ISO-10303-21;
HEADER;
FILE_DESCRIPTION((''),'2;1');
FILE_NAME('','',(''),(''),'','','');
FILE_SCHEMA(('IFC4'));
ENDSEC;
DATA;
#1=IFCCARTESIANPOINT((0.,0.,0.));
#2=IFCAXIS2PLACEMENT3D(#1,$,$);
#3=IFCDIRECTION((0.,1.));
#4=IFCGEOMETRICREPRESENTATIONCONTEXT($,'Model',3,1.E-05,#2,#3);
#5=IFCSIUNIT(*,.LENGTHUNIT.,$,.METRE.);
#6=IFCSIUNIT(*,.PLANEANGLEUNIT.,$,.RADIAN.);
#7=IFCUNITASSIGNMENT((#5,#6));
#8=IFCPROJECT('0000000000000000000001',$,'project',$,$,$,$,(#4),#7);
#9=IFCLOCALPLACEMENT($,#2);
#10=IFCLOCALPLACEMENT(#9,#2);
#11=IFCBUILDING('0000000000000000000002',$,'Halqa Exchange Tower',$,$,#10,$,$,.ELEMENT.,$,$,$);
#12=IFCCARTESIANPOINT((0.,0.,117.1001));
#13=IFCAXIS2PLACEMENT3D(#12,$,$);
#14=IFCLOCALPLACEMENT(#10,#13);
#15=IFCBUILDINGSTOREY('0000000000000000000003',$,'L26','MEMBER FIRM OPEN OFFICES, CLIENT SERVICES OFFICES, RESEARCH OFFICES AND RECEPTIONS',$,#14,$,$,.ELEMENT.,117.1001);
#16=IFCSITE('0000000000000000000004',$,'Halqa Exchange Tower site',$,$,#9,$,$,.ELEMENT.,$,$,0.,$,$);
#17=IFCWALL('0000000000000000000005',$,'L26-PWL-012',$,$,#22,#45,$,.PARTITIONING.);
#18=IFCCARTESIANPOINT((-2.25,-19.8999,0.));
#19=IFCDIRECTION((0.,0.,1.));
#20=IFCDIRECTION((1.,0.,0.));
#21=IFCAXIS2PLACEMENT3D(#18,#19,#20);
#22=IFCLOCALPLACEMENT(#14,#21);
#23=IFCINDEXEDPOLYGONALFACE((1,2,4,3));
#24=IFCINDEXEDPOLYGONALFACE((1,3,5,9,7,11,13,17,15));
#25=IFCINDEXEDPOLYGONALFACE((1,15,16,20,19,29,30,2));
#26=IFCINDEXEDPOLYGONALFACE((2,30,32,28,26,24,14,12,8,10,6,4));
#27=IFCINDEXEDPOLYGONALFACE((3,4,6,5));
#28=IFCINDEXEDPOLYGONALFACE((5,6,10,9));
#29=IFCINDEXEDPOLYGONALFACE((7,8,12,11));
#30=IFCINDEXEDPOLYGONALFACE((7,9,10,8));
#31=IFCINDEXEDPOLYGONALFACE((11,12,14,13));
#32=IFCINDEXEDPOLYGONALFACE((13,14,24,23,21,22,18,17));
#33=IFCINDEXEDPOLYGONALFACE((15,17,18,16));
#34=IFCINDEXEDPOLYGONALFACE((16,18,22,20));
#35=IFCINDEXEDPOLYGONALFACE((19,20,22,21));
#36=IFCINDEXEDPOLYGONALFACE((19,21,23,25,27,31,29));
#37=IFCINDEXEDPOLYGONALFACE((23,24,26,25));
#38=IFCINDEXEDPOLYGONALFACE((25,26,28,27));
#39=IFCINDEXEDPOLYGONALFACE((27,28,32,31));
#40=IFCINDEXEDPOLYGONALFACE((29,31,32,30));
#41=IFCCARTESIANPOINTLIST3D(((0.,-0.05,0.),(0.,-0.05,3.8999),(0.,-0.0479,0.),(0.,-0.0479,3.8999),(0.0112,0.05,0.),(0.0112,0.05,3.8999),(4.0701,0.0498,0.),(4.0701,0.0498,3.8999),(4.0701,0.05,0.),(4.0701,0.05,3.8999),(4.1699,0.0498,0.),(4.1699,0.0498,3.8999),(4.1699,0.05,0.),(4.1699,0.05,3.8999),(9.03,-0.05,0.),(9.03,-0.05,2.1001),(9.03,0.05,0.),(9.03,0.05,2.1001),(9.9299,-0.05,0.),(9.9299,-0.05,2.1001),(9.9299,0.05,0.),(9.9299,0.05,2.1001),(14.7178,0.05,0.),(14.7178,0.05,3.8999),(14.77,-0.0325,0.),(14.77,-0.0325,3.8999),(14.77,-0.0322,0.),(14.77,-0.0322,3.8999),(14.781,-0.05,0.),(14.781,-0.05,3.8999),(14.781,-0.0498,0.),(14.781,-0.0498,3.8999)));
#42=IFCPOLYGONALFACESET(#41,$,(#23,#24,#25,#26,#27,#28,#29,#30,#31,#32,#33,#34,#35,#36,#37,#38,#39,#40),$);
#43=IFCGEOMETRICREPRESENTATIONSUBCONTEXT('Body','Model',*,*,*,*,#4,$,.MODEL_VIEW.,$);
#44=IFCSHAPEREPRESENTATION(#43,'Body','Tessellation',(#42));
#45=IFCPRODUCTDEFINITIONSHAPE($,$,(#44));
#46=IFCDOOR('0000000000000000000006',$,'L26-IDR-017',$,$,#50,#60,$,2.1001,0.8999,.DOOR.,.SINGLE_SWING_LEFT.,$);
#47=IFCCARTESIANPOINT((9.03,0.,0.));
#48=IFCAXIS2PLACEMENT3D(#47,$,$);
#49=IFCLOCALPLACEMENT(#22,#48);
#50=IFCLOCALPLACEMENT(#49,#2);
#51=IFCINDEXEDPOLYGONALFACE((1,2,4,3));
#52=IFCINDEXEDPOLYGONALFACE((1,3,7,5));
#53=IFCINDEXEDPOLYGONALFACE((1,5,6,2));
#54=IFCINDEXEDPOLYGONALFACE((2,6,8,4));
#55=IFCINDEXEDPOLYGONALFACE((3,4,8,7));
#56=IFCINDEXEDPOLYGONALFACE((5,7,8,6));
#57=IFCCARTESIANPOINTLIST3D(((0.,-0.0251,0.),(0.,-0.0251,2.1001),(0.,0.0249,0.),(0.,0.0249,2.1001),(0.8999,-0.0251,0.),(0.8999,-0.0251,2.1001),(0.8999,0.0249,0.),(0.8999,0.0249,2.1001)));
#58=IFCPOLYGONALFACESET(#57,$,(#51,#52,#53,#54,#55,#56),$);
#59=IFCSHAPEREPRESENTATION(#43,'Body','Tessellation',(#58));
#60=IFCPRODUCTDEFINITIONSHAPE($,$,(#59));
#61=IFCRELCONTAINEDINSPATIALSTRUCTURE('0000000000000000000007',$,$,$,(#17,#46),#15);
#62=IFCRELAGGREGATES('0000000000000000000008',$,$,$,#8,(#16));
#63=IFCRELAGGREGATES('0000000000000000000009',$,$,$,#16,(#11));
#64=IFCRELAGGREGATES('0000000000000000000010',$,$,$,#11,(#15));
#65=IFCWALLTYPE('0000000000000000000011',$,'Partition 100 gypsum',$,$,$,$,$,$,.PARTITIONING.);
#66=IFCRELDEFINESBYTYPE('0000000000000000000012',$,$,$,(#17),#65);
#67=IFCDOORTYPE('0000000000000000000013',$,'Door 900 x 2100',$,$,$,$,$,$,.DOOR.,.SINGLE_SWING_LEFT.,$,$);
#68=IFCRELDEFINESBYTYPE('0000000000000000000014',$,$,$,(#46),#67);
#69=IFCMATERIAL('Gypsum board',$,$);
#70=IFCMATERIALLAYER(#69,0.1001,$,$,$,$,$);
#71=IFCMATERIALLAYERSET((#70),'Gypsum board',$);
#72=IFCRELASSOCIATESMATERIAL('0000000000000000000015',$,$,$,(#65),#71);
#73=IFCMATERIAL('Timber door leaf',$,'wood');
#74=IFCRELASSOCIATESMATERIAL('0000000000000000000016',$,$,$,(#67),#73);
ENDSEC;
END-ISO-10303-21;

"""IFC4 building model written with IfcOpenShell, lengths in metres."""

from ifc_helpers import new_model, si_unit, direction, frame, frame_2d, origin, place, context, subcontext, project, spatial, polyline, rectangle, outline, extrude, material, layer, layer_set, type_object, element, fill, save


model = new_model("IFC4")

# Units and contexts
model_context = context("Model", 3, precision=1e-05, world=origin(), true_north=direction((0.0, 1.0)))
body_context = subcontext(model_context, "Body", "Model", "MODEL_VIEW")
ifc_project = project(units=[si_unit("LENGTHUNIT", "METRE"), si_unit("PLANEANGLEUNIT", "RADIAN")], contexts=[model_context])

# Site, building, storey
site_placement = place(None, origin())
site = spatial("IfcSite", under=ifc_project, at=site_placement, Name="Halqa Exchange Tower site", CompositionType="ELEMENT", RefElevation=0.0)
building_placement = place(site_placement, origin())
building = spatial("IfcBuilding", under=site, at=building_placement, Name="Halqa Exchange Tower", CompositionType="ELEMENT")
storey_placement = place(building_placement, frame((0.0, 0.0, 117.1001)))
storey = spatial("IfcBuildingStorey", under=building, at=storey_placement, Name="L26", Description="MEMBER FIRM OPEN OFFICES, CLIENT SERVICES OFFICES, RESEARCH OFFICES AND RECEPTIONS", CompositionType="ELEMENT", Elevation=117.1001)

# Wall, opening, door
ifc_material_1 = material(Name="Gypsum board")
ifc_layer_1 = layer(ifc_material_1, 0.1001)
ifc_layer_set_1 = layer_set([ifc_layer_1], Name="Gypsum board")
wall_type_1 = type_object("IfcWallType", Name="Partition 100 gypsum", PredefinedType="PARTITIONING", material=ifc_layer_set_1)
wall_1_placement = place(storey_placement, frame((-2.25, -19.8999, 0.0), z_axis=(0.0, 0.0, 1.0), x_axis=(1.0, 0.0, 0.0)))
wall_1 = element("IfcWall", 1, at=wall_1_placement, inside=storey, type_object=wall_type_1, Name="L26-PWL-012", PredefinedType="PARTITIONING", context=body_context, shape_type="SweptSolid", body=[
    extrude(outline(polyline([(14.781, -0.05), (14.781, -0.0498), (14.77, -0.0322), (14.77, -0.0325), (14.7178, 0.05), (12.96, 0.05), (11.2019, 0.05), (9.4438, 0.05), (7.686, 0.05), (5.928, 0.05), (4.1699, 0.05), (4.1699, 0.0498), (4.0701, 0.0498), (4.0701, 0.05), (2.717, 0.05), (1.3643, 0.05), (0.0112, 0.05), (0.0, -0.0479), (0.0, -0.05), (1.8477, -0.05), (3.6953, -0.05), (5.543, -0.05), (7.3906, -0.05), (9.238, -0.05), (11.0857, -0.05), (12.9333, -0.05), (14.781, -0.05)])), origin(), (0.0, 0.0, 1.0), 3.8999),
])
opening_1_placement = place(wall_1_placement, frame((9.03, 0.0, 0.0)))
opening_1 = element("IfcOpeningElement", 2, at=opening_1_placement, cuts=wall_1, PredefinedType="OPENING", context=body_context, shape_type="SweptSolid", body=[
    extrude(rectangle(XDim=0.8999, YDim=2.1001, at=frame_2d((0.45, 1.05))), frame((0.0, 0.062, 0.0), z_axis=(0.0, -1.0, 0.0), x_axis=(1.0, 0.0, 0.0)), (0.0, 0.0, 1.0), 0.124),
])
ifc_material_2 = material(Name="Timber door leaf", Category="wood")
door_type_1 = type_object("IfcDoorType", Name="Door 900 x 2100", OperationType="SINGLE_SWING_LEFT", PredefinedType="DOOR", material=ifc_material_2)
door_1_placement = place(opening_1_placement, origin())
door_1 = element("IfcDoor", 3, at=door_1_placement, inside=storey, type_object=door_type_1, Name="L26-IDR-017", OperationType="SINGLE_SWING_LEFT", OverallHeight=2.1001, OverallWidth=0.8999, PredefinedType="DOOR", context=body_context, shape_type="SweptSolid", body=[
    extrude(rectangle(XDim=0.8999, YDim=2.1001, at=frame_2d((0.45, 1.05))), frame((0.0, 0.0249, 0.0), z_axis=(0.0, -1.0, 0.0), x_axis=(1.0, 0.0, 0.0)), (0.0, 0.0, 1.0), 0.05),
])
fill(opening_1, door_1)

save(model, "model.ifc")
